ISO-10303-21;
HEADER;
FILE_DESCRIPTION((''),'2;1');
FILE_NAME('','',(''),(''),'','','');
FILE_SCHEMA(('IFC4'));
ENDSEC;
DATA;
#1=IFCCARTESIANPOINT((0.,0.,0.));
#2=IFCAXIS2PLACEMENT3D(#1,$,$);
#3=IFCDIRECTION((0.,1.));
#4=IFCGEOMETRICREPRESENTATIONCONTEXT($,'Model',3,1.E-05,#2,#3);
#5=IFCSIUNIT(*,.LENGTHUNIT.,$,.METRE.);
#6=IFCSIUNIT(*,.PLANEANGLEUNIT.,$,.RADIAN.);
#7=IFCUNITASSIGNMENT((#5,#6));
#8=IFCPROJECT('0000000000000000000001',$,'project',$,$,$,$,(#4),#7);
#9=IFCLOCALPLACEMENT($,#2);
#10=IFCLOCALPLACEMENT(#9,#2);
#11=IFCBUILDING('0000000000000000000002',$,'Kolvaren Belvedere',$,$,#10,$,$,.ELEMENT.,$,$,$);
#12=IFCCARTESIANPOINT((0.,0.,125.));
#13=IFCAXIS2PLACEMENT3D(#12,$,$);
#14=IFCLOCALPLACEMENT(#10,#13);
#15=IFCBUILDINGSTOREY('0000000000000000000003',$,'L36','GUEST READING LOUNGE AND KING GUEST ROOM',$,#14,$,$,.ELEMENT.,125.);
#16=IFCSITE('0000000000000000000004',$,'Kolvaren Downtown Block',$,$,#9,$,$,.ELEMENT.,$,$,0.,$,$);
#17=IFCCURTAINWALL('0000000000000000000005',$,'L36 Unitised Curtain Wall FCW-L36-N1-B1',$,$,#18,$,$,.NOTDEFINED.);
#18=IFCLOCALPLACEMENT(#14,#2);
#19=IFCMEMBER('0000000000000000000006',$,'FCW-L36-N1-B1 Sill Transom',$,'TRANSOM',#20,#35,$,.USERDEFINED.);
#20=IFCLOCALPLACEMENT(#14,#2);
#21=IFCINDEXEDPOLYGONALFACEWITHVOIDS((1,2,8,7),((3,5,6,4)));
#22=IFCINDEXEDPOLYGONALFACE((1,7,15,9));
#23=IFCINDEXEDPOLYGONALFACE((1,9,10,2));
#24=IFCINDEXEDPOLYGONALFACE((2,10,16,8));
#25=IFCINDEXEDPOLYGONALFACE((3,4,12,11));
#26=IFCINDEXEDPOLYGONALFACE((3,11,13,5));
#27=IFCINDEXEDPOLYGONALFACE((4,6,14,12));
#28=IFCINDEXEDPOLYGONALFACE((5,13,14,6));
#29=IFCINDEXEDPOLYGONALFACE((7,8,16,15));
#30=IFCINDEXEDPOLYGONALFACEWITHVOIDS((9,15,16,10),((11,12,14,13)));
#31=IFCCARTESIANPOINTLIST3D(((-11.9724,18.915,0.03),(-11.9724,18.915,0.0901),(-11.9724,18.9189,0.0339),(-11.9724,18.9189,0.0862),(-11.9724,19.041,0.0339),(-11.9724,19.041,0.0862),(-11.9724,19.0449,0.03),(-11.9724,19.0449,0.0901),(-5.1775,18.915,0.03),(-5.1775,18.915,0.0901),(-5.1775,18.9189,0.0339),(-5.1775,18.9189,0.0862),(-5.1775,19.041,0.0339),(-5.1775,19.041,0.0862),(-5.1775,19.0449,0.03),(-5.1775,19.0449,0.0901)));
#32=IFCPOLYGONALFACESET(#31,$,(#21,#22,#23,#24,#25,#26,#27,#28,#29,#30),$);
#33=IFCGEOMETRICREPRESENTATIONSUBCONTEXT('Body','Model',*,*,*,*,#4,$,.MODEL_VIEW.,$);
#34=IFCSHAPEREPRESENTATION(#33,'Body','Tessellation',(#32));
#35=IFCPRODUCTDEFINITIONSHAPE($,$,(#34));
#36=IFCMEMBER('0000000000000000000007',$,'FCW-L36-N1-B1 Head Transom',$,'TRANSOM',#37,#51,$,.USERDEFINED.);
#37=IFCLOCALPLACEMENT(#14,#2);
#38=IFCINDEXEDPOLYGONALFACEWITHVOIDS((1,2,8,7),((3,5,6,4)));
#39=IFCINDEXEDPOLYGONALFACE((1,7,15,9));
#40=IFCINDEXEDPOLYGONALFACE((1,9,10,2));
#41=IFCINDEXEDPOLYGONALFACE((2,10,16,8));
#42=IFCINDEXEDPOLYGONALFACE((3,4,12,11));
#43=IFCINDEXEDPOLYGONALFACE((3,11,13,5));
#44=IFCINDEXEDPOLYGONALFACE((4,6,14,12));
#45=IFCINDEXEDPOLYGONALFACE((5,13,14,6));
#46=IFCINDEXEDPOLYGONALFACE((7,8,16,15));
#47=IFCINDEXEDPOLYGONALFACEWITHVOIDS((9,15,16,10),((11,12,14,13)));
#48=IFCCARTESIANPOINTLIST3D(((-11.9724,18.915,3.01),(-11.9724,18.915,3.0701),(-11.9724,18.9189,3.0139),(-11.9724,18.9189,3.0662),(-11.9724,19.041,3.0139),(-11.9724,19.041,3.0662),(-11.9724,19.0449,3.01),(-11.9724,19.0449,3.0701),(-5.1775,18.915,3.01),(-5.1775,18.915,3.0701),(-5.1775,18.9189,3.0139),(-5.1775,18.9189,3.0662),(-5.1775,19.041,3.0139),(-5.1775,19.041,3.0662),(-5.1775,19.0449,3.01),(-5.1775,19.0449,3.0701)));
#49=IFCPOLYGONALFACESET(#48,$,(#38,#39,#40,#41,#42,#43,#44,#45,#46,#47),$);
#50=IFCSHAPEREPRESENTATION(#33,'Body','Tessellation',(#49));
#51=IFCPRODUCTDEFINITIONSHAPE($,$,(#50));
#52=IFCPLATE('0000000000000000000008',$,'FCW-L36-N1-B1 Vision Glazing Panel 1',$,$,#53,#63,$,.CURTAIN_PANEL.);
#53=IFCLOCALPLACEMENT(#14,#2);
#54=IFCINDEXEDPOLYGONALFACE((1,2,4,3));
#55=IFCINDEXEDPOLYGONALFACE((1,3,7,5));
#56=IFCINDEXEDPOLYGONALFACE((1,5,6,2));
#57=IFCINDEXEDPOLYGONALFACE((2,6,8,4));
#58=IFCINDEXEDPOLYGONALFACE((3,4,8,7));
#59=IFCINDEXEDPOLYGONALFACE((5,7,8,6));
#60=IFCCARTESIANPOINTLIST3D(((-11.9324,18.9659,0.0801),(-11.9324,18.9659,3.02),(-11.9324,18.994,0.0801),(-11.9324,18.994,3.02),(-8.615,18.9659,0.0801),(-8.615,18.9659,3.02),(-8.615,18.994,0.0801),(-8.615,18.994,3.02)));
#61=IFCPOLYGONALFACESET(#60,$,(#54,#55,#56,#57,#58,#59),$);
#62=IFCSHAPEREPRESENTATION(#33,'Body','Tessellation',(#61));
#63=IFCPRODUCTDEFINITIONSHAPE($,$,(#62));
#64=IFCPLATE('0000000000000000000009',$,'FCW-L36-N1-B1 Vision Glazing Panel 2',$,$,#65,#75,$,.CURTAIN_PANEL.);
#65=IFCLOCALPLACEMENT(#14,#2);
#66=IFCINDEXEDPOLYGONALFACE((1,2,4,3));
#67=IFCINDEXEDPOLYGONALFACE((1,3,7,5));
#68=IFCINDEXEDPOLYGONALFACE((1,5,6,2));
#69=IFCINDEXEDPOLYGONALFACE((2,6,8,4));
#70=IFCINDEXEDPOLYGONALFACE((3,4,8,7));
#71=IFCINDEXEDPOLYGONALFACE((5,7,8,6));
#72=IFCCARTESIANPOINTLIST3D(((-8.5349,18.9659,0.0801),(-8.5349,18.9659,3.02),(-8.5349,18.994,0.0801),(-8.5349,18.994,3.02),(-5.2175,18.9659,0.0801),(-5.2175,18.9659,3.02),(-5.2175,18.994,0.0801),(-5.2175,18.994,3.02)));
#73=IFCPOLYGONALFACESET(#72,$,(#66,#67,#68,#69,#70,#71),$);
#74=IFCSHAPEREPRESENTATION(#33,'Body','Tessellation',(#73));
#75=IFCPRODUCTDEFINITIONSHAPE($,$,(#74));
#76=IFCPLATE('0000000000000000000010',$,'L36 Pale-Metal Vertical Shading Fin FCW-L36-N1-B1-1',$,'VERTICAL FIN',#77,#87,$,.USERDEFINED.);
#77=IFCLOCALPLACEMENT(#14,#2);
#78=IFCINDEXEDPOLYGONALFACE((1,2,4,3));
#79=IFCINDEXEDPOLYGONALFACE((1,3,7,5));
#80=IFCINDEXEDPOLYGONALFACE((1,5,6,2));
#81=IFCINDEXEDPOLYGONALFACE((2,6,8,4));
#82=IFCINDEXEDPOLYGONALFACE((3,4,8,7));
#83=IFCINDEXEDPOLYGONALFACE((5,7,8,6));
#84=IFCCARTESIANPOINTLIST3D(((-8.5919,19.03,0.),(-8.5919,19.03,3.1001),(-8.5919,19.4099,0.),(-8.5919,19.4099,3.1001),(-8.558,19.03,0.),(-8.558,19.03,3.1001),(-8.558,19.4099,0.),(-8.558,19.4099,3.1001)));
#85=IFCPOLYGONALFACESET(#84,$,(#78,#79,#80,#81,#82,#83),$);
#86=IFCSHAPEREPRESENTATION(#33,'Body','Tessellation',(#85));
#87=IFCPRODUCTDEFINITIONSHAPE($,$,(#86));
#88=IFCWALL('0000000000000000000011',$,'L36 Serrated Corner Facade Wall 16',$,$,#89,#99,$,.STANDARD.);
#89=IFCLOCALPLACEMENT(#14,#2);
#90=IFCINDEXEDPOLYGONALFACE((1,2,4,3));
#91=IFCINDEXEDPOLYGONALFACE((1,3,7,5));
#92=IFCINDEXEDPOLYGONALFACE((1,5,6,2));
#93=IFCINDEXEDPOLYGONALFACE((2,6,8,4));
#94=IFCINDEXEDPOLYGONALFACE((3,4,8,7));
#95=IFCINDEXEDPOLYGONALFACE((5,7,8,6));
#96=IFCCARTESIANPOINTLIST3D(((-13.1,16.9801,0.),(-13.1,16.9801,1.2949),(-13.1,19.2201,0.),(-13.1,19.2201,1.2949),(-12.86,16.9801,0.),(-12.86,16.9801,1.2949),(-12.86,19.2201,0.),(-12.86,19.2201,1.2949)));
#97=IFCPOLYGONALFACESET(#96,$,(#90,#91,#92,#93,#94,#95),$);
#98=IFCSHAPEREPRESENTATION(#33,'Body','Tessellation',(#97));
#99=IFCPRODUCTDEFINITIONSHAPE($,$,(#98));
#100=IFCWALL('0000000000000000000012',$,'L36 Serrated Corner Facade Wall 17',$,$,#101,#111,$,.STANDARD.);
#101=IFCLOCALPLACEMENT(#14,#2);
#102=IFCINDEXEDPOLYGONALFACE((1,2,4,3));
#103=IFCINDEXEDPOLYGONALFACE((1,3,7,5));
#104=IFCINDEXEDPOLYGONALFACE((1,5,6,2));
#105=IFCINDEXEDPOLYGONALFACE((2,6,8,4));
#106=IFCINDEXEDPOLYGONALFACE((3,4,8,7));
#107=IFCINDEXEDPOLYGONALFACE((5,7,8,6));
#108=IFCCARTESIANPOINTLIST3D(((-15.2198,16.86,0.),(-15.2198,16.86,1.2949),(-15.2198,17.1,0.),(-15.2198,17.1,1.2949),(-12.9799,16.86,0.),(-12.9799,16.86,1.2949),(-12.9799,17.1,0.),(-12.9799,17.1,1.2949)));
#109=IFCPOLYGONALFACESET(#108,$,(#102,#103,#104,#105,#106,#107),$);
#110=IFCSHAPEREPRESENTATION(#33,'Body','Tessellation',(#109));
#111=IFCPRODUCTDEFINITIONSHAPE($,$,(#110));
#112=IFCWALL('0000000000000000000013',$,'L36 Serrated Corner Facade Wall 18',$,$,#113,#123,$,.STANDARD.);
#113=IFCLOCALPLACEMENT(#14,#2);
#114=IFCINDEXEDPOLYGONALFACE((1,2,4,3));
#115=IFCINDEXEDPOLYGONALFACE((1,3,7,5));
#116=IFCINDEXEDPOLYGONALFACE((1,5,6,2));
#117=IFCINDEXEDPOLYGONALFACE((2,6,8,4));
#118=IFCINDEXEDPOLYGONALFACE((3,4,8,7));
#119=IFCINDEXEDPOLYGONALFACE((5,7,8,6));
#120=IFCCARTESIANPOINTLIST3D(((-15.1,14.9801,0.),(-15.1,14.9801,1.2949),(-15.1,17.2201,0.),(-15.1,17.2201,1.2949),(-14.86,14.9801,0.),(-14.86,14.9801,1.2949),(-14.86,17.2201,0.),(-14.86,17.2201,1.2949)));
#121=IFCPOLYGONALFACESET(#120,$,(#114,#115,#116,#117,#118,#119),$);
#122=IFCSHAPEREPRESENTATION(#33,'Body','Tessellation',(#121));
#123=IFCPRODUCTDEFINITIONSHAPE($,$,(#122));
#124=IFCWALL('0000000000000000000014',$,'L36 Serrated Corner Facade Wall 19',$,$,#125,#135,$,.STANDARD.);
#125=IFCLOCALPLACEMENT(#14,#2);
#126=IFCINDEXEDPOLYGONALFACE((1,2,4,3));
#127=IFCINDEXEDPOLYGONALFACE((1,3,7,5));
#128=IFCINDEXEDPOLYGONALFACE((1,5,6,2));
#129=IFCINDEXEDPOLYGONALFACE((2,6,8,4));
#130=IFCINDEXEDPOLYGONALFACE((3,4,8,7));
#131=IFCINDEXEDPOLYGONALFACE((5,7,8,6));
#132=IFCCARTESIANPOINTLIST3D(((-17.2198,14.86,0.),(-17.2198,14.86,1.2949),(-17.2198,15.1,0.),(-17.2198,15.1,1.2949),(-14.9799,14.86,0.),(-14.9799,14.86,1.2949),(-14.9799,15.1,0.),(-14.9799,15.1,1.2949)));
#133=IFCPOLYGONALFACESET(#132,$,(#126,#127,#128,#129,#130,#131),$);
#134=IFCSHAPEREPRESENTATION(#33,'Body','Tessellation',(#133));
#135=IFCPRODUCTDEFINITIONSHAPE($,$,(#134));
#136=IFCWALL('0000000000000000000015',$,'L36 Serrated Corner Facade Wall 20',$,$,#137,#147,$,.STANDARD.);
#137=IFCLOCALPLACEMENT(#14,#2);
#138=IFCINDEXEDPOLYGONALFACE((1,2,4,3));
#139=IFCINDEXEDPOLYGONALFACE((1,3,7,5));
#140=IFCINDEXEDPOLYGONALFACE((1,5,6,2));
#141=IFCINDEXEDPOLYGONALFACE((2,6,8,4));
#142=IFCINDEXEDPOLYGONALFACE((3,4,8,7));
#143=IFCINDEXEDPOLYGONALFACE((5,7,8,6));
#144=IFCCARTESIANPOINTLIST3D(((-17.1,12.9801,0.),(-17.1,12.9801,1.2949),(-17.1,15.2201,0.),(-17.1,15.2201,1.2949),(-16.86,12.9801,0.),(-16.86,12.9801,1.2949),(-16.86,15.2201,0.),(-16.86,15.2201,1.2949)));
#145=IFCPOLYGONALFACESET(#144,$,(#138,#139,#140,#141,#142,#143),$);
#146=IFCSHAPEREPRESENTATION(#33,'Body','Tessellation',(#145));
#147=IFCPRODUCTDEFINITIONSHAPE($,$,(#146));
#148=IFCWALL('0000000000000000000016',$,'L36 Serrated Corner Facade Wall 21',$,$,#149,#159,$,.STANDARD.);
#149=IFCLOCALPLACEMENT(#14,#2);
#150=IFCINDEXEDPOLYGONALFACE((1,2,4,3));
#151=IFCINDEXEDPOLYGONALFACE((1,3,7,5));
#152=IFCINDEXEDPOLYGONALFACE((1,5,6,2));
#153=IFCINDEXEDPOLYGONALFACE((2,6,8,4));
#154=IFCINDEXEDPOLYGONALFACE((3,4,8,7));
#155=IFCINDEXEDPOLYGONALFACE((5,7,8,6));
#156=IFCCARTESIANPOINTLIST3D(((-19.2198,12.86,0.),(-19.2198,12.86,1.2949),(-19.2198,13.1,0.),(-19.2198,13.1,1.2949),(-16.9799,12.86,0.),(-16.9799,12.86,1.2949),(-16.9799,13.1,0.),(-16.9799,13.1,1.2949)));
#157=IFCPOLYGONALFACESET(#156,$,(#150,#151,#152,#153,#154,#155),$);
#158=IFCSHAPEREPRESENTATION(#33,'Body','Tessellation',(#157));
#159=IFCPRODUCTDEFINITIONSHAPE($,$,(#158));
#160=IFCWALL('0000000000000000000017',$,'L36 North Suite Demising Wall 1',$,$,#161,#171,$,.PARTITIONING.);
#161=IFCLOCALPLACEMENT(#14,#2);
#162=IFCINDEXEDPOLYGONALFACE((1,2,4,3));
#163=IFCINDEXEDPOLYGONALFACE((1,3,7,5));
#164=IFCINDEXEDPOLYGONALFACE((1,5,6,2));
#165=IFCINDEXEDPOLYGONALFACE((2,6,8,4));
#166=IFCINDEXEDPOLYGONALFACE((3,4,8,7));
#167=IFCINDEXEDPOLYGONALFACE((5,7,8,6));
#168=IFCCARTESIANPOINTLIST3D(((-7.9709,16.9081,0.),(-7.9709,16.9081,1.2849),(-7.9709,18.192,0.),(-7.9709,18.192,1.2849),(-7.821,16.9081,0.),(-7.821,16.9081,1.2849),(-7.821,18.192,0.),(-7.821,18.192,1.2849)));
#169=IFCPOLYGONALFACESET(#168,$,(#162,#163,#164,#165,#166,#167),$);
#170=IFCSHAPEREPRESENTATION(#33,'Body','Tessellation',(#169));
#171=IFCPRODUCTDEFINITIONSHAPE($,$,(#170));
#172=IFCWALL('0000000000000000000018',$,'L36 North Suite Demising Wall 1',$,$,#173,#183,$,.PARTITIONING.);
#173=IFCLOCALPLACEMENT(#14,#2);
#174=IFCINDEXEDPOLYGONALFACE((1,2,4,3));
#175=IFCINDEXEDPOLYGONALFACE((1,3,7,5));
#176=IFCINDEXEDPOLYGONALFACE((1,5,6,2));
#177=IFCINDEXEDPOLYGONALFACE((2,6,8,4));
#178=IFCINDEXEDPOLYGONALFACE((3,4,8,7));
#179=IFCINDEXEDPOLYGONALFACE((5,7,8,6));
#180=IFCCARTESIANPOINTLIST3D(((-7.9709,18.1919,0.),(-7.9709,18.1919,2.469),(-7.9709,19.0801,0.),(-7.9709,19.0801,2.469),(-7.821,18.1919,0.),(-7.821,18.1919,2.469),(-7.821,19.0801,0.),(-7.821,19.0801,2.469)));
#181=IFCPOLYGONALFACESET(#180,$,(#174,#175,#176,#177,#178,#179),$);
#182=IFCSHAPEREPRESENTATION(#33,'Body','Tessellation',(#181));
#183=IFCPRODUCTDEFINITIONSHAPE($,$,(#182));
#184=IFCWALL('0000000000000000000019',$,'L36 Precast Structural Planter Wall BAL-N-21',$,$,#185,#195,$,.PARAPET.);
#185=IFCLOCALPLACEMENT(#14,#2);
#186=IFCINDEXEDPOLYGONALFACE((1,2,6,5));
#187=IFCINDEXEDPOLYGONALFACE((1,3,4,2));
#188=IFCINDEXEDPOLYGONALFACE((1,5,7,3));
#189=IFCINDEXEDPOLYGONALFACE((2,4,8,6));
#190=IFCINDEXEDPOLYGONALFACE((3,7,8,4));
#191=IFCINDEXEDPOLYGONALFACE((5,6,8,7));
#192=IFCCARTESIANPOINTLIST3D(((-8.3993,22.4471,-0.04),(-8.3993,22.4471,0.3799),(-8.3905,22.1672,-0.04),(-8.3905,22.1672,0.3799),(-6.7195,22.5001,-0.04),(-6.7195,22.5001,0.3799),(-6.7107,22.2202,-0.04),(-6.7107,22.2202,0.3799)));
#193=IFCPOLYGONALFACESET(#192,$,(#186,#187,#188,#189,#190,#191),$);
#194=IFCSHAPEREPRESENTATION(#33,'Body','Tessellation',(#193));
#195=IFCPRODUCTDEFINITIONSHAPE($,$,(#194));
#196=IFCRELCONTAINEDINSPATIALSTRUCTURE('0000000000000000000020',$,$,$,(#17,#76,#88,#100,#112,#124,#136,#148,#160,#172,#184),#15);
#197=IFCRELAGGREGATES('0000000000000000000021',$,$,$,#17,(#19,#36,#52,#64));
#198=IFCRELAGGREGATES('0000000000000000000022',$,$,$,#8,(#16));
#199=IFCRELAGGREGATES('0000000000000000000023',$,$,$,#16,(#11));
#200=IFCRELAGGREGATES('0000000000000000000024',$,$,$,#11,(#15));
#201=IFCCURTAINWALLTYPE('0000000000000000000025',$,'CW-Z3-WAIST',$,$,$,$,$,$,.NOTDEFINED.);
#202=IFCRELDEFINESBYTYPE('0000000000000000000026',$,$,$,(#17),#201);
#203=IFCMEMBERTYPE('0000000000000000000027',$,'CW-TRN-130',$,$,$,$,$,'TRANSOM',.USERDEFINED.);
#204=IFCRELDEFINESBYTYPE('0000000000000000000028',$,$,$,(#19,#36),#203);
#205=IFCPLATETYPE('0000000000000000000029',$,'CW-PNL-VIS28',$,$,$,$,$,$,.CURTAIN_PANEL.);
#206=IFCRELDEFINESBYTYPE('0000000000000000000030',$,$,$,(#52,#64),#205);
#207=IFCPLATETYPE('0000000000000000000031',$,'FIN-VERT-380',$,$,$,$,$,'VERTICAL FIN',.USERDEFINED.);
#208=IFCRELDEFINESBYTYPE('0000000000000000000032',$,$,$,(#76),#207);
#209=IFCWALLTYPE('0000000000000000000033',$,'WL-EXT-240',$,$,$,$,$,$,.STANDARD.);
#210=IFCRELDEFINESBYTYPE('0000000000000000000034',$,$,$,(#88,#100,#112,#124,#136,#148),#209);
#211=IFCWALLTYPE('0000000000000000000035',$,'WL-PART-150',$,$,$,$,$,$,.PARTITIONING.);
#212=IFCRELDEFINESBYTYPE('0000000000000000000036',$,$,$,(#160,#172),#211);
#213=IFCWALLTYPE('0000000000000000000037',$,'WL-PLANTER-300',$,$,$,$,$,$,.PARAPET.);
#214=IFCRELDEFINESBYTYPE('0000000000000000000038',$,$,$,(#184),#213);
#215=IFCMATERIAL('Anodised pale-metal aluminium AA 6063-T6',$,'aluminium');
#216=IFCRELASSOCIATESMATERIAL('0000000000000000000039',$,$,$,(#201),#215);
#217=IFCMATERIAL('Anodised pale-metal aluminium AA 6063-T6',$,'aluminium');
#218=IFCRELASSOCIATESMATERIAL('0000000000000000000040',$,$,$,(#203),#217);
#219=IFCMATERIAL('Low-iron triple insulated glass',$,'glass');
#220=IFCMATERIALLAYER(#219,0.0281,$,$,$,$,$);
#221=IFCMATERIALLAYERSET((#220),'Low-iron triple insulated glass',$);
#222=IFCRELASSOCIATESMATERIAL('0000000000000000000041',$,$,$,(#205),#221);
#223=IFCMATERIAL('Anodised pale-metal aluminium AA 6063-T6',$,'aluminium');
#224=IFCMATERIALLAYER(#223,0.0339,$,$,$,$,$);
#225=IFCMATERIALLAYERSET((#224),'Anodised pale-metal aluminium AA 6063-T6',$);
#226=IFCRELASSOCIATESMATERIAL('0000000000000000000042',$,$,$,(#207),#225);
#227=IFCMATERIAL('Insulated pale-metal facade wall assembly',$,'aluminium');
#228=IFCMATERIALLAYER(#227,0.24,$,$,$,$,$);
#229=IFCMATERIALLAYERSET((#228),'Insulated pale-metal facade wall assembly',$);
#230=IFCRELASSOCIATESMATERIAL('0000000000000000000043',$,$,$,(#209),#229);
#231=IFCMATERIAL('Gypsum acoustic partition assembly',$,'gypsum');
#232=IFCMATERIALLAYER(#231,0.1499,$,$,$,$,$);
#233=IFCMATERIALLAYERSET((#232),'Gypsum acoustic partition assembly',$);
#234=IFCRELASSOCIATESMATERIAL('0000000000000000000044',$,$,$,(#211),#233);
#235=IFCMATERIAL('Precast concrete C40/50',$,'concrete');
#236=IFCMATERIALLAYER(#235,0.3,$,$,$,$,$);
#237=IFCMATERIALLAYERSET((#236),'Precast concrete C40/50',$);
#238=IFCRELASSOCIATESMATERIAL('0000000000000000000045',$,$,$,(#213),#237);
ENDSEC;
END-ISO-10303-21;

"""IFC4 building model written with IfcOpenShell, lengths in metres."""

from ifc_helpers import new_model, si_unit, direction, frame, frame_2d, origin, origin_2d, place, context, subcontext, project, spatial, rectangle, hollow_rectangle, extrude, material, layer, layer_set, material_profile, profile_set, type_object, element, aggregate, save


model = new_model("IFC4")

# Units and contexts
model_context = context("Model", 3, precision=1e-05, world=origin(), true_north=direction((0.0, 1.0)))
body_context = subcontext(model_context, "Body", "Model", "MODEL_VIEW")
ifc_project = project(units=[si_unit("LENGTHUNIT", "METRE"), si_unit("PLANEANGLEUNIT", "RADIAN")], contexts=[model_context])

# Site, building, storey
site_placement = place(None, origin())
site = spatial("IfcSite", under=ifc_project, at=site_placement, Name="Kolvaren Downtown Block", CompositionType="ELEMENT", RefElevation=0.0)
building_placement = place(site_placement, origin())
building = spatial("IfcBuilding", under=site, at=building_placement, Name="Kolvaren Belvedere", CompositionType="ELEMENT")
storey_placement = place(building_placement, frame((0.0, 0.0, 125.0)))
storey = spatial("IfcBuildingStorey", under=building, at=storey_placement, Name="L36", Description="GUEST READING LOUNGE AND KING GUEST ROOM", CompositionType="ELEMENT", Elevation=125.0)

# Curtain wall, members, plates
ifc_material_1 = material(Name="Anodised pale-metal aluminium AA 6063-T6", Category="aluminium")
curtain_wall_type = type_object("IfcCurtainWallType", Name="CW-Z3-WAIST", PredefinedType="NOTDEFINED", material=ifc_material_1)
curtain_wall_placement = place(storey_placement, origin())
curtain_wall = element("IfcCurtainWall", 1, at=curtain_wall_placement, inside=storey, type_object=curtain_wall_type, Name="L36 Unitised Curtain Wall FCW-L36-N1-B1", PredefinedType="NOTDEFINED")
ifc_material_2 = material(Name="Anodised pale-metal aluminium AA 6063-T6", Category="aluminium")
ifc_material_profile_1 = material_profile(ifc_material_2, hollow_rectangle(XDim=0.0601, YDim=0.1299, WallThickness=0.0039, at=origin_2d()), Name="ALU-TRN-130X60")
ifc_profile_set_1 = profile_set([ifc_material_profile_1], Name="Anodised pale-metal aluminium AA 6063-T6")
member_type_1 = type_object("IfcMemberType", Name="CW-TRN-130", ElementType="TRANSOM", PredefinedType="USERDEFINED", material=ifc_profile_set_1)
member_1_placement = place(storey_placement, frame((-11.9724, 18.98, 0.0601), z_axis=(1.0, 0.0, 0.0), x_axis=(0.0, 0.0, 1.0)))
member_1 = element("IfcMember", 2, at=member_1_placement, type_object=member_type_1, Name="FCW-L36-N1-B1 Sill Transom", ObjectType="TRANSOM", PredefinedType="USERDEFINED", context=body_context, shape_type="SweptSolid", body=[
    extrude(hollow_rectangle(XDim=0.0601, YDim=0.1299, WallThickness=0.0039, at=origin_2d()), origin(), (0.0, 0.0, 1.0), 6.7949),
])
member_2_placement = place(storey_placement, frame((-11.9724, 18.98, 3.04), z_axis=(1.0, 0.0, 0.0), x_axis=(0.0, 0.0, 1.0)))
member_2 = element("IfcMember", 3, at=member_2_placement, type_object=member_type_1, Name="FCW-L36-N1-B1 Head Transom", ObjectType="TRANSOM", PredefinedType="USERDEFINED", context=body_context, shape_type="SweptSolid", body=[
    extrude(hollow_rectangle(XDim=0.0601, YDim=0.1299, WallThickness=0.0039, at=origin_2d()), origin(), (0.0, 0.0, 1.0), 6.7949),
])
ifc_material_3 = material(Name="Low-iron triple insulated glass", Category="glass")
ifc_layer_1 = layer(ifc_material_3, 0.0281)
ifc_layer_set_1 = layer_set([ifc_layer_1], Name="Low-iron triple insulated glass")
plate_type_1 = type_object("IfcPlateType", Name="CW-PNL-VIS28", PredefinedType="CURTAIN_PANEL", material=ifc_layer_set_1)
plate_1_placement = place(storey_placement, frame((-10.2737, 18.98, 0.0801), z_axis=(0.0, 0.0, 1.0), x_axis=(1.0, 0.0, 0.0)))
plate_1 = element("IfcPlate", 4, at=plate_1_placement, type_object=plate_type_1, Name="FCW-L36-N1-B1 Vision Glazing Panel 1", PredefinedType="CURTAIN_PANEL", context=body_context, shape_type="SweptSolid", body=[
    extrude(rectangle(XDim=3.3174, YDim=0.0281, at=origin_2d()), origin(), (0.0, 0.0, 1.0), 2.9399),
])
plate_2_placement = place(storey_placement, frame((-6.8762, 18.98, 0.0801), z_axis=(0.0, 0.0, 1.0), x_axis=(1.0, 0.0, 0.0)))
plate_2 = element("IfcPlate", 5, at=plate_2_placement, type_object=plate_type_1, Name="FCW-L36-N1-B1 Vision Glazing Panel 2", PredefinedType="CURTAIN_PANEL", context=body_context, shape_type="SweptSolid", body=[
    extrude(rectangle(XDim=3.3174, YDim=0.0281, at=origin_2d()), origin(), (0.0, 0.0, 1.0), 2.9399),
])
aggregate(curtain_wall, [member_1, member_2, plate_1, plate_2])

# Plate
ifc_material_4 = material(Name="Anodised pale-metal aluminium AA 6063-T6", Category="aluminium")
ifc_layer_2 = layer(ifc_material_4, 0.0339)
ifc_layer_set_2 = layer_set([ifc_layer_2], Name="Anodised pale-metal aluminium AA 6063-T6")
plate_type_2 = type_object("IfcPlateType", Name="FIN-VERT-380", ElementType="VERTICAL FIN", PredefinedType="USERDEFINED", material=ifc_layer_set_2)
plate_3_placement = place(storey_placement, frame((-8.575, 19.22, 0.0), z_axis=(0.0, 0.0, 1.0), x_axis=(0.0, 1.0, 0.0)))
element("IfcPlate", 6, at=plate_3_placement, inside=storey, type_object=plate_type_2, Name="L36 Pale-Metal Vertical Shading Fin FCW-L36-N1-B1-1", ObjectType="VERTICAL FIN", PredefinedType="USERDEFINED", context=body_context, shape_type="SweptSolid", body=[
    extrude(rectangle(XDim=0.3799, YDim=0.0339, at=origin_2d()), origin(), (0.0, 0.0, 1.0), 3.1001),
])

# Walls
ifc_material_5 = material(Name="Insulated pale-metal facade wall assembly", Category="aluminium")
ifc_layer_3 = layer(ifc_material_5, 0.24)
ifc_layer_set_3 = layer_set([ifc_layer_3], Name="Insulated pale-metal facade wall assembly")
wall_type_1 = type_object("IfcWallType", Name="WL-EXT-240", PredefinedType="STANDARD", material=ifc_layer_set_3)
for number, where, z_axis, x_axis, name in (
    (7, (-12.98, 16.98, 0.0), (0.0, 0.0, 1.0), (0.0, 1.0, 0.0), "L36 Serrated Corner Facade Wall 16"),
    (8, (-15.22, 16.98, 0.0), (0.0, 0.0, 1.0), (1.0, 0.0, 0.0), "L36 Serrated Corner Facade Wall 17"),
    (9, (-14.98, 14.98, 0.0), (0.0, 0.0, 1.0), (0.0, 1.0, 0.0), "L36 Serrated Corner Facade Wall 18"),
    (10, (-17.22, 14.98, 0.0), (0.0, 0.0, 1.0), (1.0, 0.0, 0.0), "L36 Serrated Corner Facade Wall 19"),
    (11, (-16.98, 12.98, 0.0), (0.0, 0.0, 1.0), (0.0, 1.0, 0.0), "L36 Serrated Corner Facade Wall 20"),
    (12, (-19.22, 12.98, 0.0), (0.0, 0.0, 1.0), (1.0, 0.0, 0.0), "L36 Serrated Corner Facade Wall 21"),
):
    element("IfcWall", number, at=place(storey_placement, frame(where, z_axis=z_axis, x_axis=x_axis)), inside=storey, type_object=wall_type_1, Name=name, PredefinedType="STANDARD", context=body_context, shape_type="SweptSolid", body=[
        extrude(rectangle(XDim=2.24, YDim=0.24, at=frame_2d((1.1201, 0.0))), origin(), (0.0, 0.0, 1.0), 1.2949),
    ])
ifc_material_6 = material(Name="Gypsum acoustic partition assembly", Category="gypsum")
ifc_layer_4 = layer(ifc_material_6, 0.1499)
ifc_layer_set_4 = layer_set([ifc_layer_4], Name="Gypsum acoustic partition assembly")
wall_type_2 = type_object("IfcWallType", Name="WL-PART-150", PredefinedType="PARTITIONING", material=ifc_layer_set_4)
wall_1_placement = place(storey_placement, frame((-7.896, 16.908, 0.0), z_axis=(0.0, 0.0, 1.0), x_axis=(0.0, 1.0, 0.0)))
element("IfcWall", 13, at=wall_1_placement, inside=storey, type_object=wall_type_2, Name="L36 North Suite Demising Wall 1", PredefinedType="PARTITIONING", context=body_context, shape_type="SweptSolid", body=[
    extrude(rectangle(XDim=1.2839, YDim=0.1499, at=frame_2d((0.6421, 0.0))), origin(), (0.0, 0.0, 1.0), 1.2849),
])
wall_2_placement = place(storey_placement, frame((-7.896, 18.1919, 0.0), z_axis=(0.0, 0.0, 1.0), x_axis=(0.0, 1.0, 0.0)))
element("IfcWall", 14, at=wall_2_placement, inside=storey, type_object=wall_type_2, Name="L36 North Suite Demising Wall 1", PredefinedType="PARTITIONING", context=body_context, shape_type="SweptSolid", body=[
    extrude(rectangle(XDim=0.8882, YDim=0.1499, at=frame_2d((0.4441, 0.0))), origin(), (0.0, 0.0, 1.0), 2.469),
])
ifc_material_7 = material(Name="Precast concrete C40/50", Category="concrete")
ifc_layer_5 = layer(ifc_material_7, 0.3)
ifc_layer_set_5 = layer_set([ifc_layer_5], Name="Precast concrete C40/50")
wall_type_3 = type_object("IfcWallType", Name="WL-PLANTER-300", PredefinedType="PARAPET", material=ifc_layer_set_5)
wall_3_placement = place(storey_placement, frame((-6.7151, 22.3601, -0.04), z_axis=(0.0, 0.0, 1.0), x_axis=(-0.999503, -0.03152, 0.0)))
element("IfcWall", 15, at=wall_3_placement, inside=storey, type_object=wall_type_3, Name="L36 Precast Structural Planter Wall BAL-N-21", PredefinedType="PARAPET", context=body_context, shape_type="SweptSolid", body=[
    extrude(rectangle(XDim=1.6807, YDim=0.28, at=frame_2d((0.8403, 0.0))), origin(), (0.0, 0.0, 1.0), 0.4199),
])

save(model, "model.ifc")
